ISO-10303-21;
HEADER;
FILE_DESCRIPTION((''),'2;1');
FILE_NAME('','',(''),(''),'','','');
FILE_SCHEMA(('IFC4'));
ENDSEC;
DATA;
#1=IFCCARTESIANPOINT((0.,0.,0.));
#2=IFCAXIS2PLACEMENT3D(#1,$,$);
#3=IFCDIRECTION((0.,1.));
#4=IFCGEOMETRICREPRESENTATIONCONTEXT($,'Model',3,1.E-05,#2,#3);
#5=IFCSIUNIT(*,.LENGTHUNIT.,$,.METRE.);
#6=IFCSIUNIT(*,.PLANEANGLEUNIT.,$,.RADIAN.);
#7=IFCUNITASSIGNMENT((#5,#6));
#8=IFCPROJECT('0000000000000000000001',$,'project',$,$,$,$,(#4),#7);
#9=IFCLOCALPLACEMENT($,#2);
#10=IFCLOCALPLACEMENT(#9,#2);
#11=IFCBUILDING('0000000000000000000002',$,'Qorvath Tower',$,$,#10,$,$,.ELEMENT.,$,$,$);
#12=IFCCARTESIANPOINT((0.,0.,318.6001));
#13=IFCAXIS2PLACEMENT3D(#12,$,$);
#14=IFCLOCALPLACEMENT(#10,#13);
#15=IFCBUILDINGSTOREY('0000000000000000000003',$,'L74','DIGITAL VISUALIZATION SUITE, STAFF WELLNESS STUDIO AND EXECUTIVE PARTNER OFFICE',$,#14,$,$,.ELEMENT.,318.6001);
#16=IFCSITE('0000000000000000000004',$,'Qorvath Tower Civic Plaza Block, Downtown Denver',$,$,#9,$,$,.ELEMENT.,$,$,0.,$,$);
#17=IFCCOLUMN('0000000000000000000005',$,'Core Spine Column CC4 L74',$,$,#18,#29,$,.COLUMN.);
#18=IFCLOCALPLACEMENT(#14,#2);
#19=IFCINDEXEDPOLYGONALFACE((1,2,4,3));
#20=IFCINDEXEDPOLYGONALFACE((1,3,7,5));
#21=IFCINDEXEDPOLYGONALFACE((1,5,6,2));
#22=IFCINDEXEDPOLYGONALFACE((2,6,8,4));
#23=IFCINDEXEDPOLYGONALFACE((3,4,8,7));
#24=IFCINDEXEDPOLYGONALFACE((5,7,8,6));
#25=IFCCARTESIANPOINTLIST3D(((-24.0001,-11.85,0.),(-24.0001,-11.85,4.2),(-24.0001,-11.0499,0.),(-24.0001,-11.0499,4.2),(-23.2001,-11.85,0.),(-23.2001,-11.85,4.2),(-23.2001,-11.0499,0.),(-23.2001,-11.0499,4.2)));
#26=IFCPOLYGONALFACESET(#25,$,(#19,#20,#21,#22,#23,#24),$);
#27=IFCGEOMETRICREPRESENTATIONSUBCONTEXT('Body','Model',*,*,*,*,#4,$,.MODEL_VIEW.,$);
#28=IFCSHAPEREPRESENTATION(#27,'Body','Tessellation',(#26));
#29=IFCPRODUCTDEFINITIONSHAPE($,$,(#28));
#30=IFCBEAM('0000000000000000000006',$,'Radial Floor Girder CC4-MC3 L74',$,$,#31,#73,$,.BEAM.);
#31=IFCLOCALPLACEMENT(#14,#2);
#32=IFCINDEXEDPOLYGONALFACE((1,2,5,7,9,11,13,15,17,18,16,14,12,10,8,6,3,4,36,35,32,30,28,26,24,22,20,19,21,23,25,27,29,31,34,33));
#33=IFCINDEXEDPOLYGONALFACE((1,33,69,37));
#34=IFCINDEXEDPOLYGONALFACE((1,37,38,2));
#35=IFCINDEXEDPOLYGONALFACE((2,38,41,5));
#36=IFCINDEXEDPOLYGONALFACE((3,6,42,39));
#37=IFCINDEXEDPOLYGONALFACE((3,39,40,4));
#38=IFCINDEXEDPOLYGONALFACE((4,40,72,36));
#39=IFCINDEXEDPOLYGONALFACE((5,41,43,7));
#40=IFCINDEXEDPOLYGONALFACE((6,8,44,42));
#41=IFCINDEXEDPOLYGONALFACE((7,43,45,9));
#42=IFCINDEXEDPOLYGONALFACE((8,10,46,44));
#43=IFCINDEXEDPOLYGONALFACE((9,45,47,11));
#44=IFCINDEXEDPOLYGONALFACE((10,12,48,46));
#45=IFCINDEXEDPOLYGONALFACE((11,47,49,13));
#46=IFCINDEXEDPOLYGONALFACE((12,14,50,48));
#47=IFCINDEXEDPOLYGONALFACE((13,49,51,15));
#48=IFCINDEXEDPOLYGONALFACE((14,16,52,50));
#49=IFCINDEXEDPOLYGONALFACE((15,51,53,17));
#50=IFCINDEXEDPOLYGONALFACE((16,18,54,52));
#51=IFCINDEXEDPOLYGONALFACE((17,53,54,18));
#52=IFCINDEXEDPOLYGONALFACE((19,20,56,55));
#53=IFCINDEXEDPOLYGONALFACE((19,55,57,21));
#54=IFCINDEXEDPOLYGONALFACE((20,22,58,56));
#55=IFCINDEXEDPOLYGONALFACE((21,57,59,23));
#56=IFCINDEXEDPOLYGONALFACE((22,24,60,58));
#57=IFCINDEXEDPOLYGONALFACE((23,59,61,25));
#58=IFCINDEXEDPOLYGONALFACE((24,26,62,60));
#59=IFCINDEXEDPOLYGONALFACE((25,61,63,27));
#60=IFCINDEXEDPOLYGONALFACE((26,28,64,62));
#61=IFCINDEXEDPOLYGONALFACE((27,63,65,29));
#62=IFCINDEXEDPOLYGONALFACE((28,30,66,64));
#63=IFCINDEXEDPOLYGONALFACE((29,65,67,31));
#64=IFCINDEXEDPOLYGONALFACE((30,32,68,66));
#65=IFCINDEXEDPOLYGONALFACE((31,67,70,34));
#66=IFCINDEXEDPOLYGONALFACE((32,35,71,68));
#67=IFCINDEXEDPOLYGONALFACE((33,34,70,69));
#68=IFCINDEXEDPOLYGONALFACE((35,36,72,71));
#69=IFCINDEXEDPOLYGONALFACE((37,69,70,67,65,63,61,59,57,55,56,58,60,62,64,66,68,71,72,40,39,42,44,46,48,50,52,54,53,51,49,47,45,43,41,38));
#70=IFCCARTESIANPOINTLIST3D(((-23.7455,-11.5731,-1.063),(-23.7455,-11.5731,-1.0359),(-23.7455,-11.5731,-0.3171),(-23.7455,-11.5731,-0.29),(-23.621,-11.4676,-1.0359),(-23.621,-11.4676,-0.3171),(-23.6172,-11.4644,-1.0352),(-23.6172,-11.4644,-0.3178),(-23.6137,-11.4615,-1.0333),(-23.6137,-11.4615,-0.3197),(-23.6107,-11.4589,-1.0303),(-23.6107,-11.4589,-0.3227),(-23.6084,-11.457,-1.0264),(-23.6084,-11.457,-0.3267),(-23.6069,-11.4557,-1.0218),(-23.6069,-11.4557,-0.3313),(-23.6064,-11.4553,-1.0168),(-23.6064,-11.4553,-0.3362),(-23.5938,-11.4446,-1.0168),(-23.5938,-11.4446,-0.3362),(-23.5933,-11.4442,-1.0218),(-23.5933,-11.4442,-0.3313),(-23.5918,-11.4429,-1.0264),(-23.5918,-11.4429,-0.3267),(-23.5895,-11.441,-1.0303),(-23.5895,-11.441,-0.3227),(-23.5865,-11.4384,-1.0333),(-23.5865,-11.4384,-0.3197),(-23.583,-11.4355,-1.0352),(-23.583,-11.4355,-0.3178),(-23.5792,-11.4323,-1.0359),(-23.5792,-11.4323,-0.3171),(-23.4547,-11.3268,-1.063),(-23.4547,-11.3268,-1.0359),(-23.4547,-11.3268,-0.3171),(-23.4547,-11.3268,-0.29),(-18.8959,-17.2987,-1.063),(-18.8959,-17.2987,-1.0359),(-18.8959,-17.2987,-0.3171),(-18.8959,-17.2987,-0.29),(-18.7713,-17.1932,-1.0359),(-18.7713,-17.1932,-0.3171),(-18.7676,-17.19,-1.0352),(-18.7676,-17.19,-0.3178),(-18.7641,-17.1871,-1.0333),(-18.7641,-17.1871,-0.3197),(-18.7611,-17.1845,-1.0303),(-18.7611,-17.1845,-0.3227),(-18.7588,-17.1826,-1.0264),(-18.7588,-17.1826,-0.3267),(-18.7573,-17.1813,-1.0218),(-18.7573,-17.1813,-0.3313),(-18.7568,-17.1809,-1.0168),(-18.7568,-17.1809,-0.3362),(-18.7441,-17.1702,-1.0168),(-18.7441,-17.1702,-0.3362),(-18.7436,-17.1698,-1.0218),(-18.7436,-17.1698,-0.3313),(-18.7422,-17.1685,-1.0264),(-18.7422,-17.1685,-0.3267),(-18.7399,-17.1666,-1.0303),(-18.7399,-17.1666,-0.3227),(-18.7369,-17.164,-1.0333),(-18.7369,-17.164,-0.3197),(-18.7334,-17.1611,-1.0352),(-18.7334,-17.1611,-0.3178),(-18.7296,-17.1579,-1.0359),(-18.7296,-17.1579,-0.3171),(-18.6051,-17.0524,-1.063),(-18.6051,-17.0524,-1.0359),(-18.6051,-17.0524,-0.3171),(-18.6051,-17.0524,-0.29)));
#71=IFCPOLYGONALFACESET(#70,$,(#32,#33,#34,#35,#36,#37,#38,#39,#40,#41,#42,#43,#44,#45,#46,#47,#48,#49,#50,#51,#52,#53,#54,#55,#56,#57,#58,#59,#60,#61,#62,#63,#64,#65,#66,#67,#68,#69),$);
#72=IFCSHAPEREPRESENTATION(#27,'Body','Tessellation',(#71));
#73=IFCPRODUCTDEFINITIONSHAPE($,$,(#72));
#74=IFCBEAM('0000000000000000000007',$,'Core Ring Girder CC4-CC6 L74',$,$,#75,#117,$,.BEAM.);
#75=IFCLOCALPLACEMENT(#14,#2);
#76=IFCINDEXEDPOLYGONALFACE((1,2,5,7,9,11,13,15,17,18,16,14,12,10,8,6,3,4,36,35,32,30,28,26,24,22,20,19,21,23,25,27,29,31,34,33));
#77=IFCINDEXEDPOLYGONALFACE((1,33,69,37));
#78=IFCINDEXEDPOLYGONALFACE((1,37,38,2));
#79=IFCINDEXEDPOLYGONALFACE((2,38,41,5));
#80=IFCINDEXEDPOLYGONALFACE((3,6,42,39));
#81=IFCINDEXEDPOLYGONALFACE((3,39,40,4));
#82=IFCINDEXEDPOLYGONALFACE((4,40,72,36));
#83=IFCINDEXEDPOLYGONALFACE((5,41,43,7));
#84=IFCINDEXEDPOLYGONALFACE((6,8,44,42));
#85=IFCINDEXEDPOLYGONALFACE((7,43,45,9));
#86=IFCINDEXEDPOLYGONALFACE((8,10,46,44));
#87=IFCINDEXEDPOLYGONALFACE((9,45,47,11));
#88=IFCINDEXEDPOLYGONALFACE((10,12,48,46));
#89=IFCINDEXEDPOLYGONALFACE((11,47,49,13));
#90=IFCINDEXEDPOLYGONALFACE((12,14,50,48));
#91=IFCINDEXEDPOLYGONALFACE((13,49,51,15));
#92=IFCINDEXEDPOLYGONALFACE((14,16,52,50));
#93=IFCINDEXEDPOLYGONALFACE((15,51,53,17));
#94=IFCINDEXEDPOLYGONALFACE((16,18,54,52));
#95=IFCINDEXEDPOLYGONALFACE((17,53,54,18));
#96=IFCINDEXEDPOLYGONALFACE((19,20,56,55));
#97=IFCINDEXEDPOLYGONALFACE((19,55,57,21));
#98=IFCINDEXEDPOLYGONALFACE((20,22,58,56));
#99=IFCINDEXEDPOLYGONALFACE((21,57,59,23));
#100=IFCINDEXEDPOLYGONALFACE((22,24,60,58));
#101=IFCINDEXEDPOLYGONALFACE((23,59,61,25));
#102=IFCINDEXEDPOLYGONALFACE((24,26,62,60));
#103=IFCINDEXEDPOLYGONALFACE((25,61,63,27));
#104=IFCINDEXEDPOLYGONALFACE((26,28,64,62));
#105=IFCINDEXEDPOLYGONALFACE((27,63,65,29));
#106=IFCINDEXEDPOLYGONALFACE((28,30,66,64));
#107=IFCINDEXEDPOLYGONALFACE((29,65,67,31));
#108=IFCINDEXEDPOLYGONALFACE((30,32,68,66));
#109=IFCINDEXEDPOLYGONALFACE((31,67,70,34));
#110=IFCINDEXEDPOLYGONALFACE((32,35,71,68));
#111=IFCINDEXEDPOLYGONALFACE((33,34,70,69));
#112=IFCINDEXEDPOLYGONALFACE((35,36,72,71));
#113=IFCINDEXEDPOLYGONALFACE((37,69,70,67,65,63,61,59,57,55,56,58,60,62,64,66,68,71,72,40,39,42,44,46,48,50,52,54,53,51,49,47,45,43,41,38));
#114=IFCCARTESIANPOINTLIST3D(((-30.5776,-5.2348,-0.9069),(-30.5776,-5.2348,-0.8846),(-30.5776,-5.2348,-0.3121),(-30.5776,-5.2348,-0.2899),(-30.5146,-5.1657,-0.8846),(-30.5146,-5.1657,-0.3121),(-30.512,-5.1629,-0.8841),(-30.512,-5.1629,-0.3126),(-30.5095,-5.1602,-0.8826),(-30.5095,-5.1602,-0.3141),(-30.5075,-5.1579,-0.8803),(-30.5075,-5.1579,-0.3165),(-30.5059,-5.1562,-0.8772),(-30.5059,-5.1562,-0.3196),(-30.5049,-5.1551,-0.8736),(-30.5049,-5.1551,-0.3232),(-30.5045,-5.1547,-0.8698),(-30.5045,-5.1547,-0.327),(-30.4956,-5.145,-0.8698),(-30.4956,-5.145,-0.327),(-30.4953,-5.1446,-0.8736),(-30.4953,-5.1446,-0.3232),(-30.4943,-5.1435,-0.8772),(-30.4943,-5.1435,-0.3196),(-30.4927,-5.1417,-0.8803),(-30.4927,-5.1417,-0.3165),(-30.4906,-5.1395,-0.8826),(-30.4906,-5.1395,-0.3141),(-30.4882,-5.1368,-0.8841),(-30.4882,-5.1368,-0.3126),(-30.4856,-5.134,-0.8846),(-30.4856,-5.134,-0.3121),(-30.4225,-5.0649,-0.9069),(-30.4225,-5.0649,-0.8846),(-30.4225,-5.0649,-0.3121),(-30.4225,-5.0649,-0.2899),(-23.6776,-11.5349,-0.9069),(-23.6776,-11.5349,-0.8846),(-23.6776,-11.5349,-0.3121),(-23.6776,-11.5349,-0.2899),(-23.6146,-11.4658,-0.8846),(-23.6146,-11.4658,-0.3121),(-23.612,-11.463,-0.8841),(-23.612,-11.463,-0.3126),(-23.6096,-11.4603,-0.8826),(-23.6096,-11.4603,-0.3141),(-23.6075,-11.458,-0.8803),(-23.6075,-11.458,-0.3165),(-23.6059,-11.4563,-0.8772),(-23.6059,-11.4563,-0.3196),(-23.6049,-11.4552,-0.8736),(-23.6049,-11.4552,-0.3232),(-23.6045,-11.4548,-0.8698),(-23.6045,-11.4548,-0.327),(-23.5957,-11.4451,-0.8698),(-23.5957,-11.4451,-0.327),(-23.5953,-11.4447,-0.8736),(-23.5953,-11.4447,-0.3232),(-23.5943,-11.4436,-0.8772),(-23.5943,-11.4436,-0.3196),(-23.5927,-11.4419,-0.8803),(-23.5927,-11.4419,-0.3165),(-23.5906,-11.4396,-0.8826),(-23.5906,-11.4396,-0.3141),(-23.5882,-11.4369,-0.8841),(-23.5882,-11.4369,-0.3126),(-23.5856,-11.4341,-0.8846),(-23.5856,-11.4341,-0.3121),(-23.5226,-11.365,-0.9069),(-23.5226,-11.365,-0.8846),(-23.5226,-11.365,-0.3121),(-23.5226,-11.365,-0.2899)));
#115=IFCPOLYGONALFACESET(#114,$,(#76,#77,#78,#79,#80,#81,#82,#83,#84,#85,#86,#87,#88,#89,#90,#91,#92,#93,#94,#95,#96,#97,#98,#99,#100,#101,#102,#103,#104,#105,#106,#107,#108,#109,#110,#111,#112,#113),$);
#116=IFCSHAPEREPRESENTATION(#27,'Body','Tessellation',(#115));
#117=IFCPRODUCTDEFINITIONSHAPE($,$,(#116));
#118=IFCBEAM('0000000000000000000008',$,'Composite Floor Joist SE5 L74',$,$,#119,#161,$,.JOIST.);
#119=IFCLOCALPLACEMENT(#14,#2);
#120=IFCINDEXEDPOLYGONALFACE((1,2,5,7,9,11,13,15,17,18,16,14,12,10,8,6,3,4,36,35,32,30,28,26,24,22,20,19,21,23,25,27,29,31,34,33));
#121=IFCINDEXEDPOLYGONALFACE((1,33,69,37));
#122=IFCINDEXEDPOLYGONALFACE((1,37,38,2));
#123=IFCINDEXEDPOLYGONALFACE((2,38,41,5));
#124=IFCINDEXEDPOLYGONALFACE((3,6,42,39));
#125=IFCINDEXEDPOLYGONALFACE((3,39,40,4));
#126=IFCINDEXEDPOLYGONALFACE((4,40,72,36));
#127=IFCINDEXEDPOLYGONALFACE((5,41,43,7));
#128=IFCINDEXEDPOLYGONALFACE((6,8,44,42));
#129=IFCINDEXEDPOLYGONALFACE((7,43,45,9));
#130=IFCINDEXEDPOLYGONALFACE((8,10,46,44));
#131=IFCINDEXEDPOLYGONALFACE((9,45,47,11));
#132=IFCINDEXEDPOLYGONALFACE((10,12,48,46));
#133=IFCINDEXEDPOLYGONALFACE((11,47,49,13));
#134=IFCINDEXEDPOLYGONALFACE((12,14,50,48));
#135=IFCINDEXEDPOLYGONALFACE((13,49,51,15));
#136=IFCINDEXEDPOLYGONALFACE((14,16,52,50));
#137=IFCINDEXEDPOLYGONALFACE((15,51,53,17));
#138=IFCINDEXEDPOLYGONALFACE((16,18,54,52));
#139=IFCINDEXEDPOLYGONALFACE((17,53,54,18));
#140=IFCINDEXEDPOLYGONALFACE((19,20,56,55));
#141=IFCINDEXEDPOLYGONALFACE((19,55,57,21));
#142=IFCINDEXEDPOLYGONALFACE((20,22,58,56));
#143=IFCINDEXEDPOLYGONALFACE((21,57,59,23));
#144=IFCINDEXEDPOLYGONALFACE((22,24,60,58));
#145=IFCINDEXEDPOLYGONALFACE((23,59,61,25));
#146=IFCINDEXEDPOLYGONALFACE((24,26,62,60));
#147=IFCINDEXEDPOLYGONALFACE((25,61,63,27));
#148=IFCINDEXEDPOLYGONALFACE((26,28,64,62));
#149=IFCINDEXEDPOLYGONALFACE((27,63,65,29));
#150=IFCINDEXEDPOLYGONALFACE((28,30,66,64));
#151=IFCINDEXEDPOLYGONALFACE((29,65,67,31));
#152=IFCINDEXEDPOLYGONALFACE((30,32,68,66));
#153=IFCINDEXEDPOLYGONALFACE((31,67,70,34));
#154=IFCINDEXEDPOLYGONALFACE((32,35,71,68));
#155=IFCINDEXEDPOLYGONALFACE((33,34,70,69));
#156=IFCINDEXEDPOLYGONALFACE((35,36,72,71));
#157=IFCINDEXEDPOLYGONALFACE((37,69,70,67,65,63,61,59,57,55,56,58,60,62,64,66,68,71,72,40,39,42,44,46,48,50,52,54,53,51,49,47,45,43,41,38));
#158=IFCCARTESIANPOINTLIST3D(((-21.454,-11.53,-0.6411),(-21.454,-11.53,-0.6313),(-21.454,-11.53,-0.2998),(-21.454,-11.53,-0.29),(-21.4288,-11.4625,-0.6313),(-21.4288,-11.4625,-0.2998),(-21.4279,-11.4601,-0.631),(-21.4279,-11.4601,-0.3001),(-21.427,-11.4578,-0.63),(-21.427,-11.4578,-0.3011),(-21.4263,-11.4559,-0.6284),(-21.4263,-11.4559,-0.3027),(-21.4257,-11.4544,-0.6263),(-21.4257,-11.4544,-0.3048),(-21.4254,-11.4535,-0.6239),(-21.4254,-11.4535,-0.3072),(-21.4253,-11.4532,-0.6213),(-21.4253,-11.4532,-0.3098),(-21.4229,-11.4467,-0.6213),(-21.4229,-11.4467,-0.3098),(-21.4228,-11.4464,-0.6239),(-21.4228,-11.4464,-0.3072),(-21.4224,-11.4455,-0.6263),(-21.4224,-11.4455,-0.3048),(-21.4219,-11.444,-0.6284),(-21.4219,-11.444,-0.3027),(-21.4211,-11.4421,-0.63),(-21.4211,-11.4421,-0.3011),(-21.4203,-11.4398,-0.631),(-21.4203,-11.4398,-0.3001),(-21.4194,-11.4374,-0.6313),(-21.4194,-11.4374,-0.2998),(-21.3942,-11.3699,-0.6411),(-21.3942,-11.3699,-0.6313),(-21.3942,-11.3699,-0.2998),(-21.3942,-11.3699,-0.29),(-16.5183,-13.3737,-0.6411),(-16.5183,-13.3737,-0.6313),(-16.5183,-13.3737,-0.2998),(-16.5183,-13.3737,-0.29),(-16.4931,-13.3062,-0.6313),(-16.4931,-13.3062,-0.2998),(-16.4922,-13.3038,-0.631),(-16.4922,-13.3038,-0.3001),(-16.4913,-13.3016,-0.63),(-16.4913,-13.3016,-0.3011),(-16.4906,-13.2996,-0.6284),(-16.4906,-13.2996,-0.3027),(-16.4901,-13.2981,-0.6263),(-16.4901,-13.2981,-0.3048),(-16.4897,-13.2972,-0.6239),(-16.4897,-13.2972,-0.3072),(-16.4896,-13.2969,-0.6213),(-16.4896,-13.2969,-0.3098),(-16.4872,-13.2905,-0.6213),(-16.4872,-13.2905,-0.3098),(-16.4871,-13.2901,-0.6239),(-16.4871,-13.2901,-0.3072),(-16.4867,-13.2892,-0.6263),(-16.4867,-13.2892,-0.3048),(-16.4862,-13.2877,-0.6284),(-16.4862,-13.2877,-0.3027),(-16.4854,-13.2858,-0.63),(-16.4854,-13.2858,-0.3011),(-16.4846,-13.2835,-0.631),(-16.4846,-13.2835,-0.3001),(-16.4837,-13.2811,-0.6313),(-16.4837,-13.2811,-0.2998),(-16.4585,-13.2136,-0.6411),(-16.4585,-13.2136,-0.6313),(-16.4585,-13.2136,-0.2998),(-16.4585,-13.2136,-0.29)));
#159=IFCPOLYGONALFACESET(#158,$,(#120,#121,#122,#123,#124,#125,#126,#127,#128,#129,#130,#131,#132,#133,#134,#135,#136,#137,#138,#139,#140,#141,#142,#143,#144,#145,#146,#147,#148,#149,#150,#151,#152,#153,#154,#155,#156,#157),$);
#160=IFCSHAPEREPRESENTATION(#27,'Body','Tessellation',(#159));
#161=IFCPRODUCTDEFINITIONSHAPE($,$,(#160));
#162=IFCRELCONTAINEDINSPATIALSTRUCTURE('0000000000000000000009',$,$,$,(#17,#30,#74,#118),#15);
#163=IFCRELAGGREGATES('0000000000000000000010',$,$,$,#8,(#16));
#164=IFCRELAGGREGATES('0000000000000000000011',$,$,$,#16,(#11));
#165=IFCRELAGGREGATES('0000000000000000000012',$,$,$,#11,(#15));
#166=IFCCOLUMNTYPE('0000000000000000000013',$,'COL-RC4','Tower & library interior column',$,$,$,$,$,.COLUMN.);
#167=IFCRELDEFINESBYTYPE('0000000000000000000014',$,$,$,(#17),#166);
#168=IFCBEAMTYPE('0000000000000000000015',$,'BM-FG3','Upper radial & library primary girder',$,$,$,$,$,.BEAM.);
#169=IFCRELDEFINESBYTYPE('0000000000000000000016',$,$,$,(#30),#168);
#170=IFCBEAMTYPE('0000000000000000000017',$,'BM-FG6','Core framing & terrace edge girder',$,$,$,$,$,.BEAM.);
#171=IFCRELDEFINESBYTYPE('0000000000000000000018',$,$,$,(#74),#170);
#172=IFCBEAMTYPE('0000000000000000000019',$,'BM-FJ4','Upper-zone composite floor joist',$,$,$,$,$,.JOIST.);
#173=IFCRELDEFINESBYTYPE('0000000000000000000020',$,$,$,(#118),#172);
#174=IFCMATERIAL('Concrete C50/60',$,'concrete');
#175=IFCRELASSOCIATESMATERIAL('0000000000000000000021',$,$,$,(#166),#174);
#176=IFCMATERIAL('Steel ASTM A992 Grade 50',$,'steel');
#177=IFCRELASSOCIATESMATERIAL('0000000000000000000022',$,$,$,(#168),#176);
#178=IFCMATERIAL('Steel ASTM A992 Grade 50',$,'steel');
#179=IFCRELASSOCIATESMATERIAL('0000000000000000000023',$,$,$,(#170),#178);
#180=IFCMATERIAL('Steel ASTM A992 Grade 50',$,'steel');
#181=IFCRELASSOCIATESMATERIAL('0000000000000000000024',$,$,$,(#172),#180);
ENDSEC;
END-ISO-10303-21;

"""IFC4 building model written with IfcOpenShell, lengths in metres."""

from ifc_helpers import new_model, si_unit, direction, frame, origin, origin_2d, place, context, subcontext, project, spatial, rectangle, i_section, extrude, material, material_profile, profile_set, type_object, element, save


model = new_model("IFC4")

# Units and contexts
model_context = context("Model", 3, precision=1e-05, world=origin(), true_north=direction((0.0, 1.0)))
body_context = subcontext(model_context, "Body", "Model", "MODEL_VIEW")
ifc_project = project(units=[si_unit("LENGTHUNIT", "METRE"), si_unit("PLANEANGLEUNIT", "RADIAN")], contexts=[model_context])

# Site, building, storey
site_placement = place(None, origin())
site = spatial("IfcSite", under=ifc_project, at=site_placement, Name="Qorvath Tower Civic Plaza Block, Downtown Denver", CompositionType="ELEMENT", RefElevation=0.0)
building_placement = place(site_placement, origin())
building = spatial("IfcBuilding", under=site, at=building_placement, Name="Qorvath Tower", CompositionType="ELEMENT")
storey_placement = place(building_placement, frame((0.0, 0.0, 318.6001)))
storey = spatial("IfcBuildingStorey", under=building, at=storey_placement, Name="L74", Description="DIGITAL VISUALIZATION SUITE, STAFF WELLNESS STUDIO AND EXECUTIVE PARTNER OFFICE", CompositionType="ELEMENT", Elevation=318.6001)

# Column
ifc_material_1 = material(Name="Concrete C50/60", Category="concrete")
ifc_material_profile_1 = material_profile(ifc_material_1, rectangle(XDim=0.8, YDim=0.8, at=origin_2d()), Name="RC 800x800")
ifc_profile_set_1 = profile_set([ifc_material_profile_1], Name="Concrete C50/60")
column_type = type_object("IfcColumnType", Name="COL-RC4", Description="Tower & library interior column", PredefinedType="COLUMN", material=ifc_profile_set_1)
column_placement = place(storey_placement, frame((-23.6001, -11.45, 0.0), z_axis=(0.0, 0.0, 1.0), x_axis=(1.0, 0.0, 0.0)))
element("IfcColumn", 1, at=column_placement, inside=storey, type_object=column_type, Name="Core Spine Column CC4 L74", PredefinedType="COLUMN", context=body_context, shape_type="SweptSolid", body=[
    extrude(rectangle(XDim=0.8, YDim=0.8, at=origin_2d()), origin(), (0.0, 0.0, 1.0), 4.2),
])

# Beams
ifc_material_2 = material(Name="Steel ASTM A992 Grade 50", Category="steel")
ifc_material_profile_2 = material_profile(ifc_material_2, i_section(OverallWidth=0.3811, OverallDepth=0.7729, WebThickness=0.0166, FlangeThickness=0.0271, FilletRadius=0.019, at=origin_2d()), Name="W30x173")
ifc_profile_set_2 = profile_set([ifc_material_profile_2], Name="Steel ASTM A992 Grade 50")
beam_type_1 = type_object("IfcBeamType", Name="BM-FG3", Description="Upper radial & library primary girder", PredefinedType="BEAM", material=ifc_profile_set_2)
beam_1_placement = place(storey_placement, frame((-23.6001, -11.45, -0.6765), z_axis=(0.646321, -0.763065, 0.0), x_axis=(0.763065, 0.646321, 0.0)))
element("IfcBeam", 2, at=beam_1_placement, inside=storey, type_object=beam_type_1, Name="Radial Floor Girder CC4-MC3 L74", PredefinedType="BEAM", context=body_context, shape_type="SweptSolid", body=[
    extrude(i_section(OverallWidth=0.3811, OverallDepth=0.7729, WebThickness=0.0166, FlangeThickness=0.0271, FilletRadius=0.019, at=origin_2d()), origin(), (0.0, 0.0, 1.0), 7.5034),
])
ifc_material_3 = material(Name="Steel ASTM A992 Grade 50", Category="steel")
ifc_material_profile_3 = material_profile(ifc_material_3, i_section(OverallWidth=0.23, OverallDepth=0.6169, WebThickness=0.0132, FlangeThickness=0.0222, FilletRadius=0.0149, at=origin_2d()), Name="W24x94")
ifc_profile_set_3 = profile_set([ifc_material_profile_3], Name="Steel ASTM A992 Grade 50")
beam_type_2 = type_object("IfcBeamType", Name="BM-FG6", Description="Core framing & terrace edge girder", PredefinedType="BEAM", material=ifc_profile_set_3)
beam_2_placement = place(storey_placement, frame((-23.6001, -11.45, -0.5984), z_axis=(-0.738478, 0.674277, 0.0), x_axis=(-0.674277, -0.738478, 0.0)))
element("IfcBeam", 3, at=beam_2_placement, inside=storey, type_object=beam_type_2, Name="Core Ring Girder CC4-CC6 L74", PredefinedType="BEAM", context=body_context, shape_type="SweptSolid", body=[
    extrude(i_section(OverallWidth=0.23, OverallDepth=0.6169, WebThickness=0.0132, FlangeThickness=0.0222, FilletRadius=0.0149, at=origin_2d()), origin(), (0.0, 0.0, 1.0), 9.3435),
])
ifc_material_4 = material(Name="Steel ASTM A992 Grade 50", Category="steel")
ifc_material_profile_4 = material_profile(ifc_material_4, i_section(OverallWidth=0.1709, OverallDepth=0.3511, WebThickness=0.0068, FlangeThickness=0.0098, FilletRadius=0.01, at=origin_2d()), Name="W14x30")
ifc_profile_set_4 = profile_set([ifc_material_profile_4], Name="Steel ASTM A992 Grade 50")
beam_type_3 = type_object("IfcBeamType", Name="BM-FJ4", Description="Upper-zone composite floor joist", PredefinedType="JOIST", material=ifc_profile_set_4)
beam_3_placement = place(storey_placement, frame((-21.4241, -11.45, -0.4656), z_axis=(0.936776, -0.34993, 0.0), x_axis=(0.34993, 0.936776, 0.0)))
element("IfcBeam", 4, at=beam_3_placement, inside=storey, type_object=beam_type_3, Name="Composite Floor Joist SE5 L74", PredefinedType="JOIST", context=body_context, shape_type="SweptSolid", body=[
    extrude(i_section(OverallWidth=0.1709, OverallDepth=0.3511, WebThickness=0.0068, FlangeThickness=0.0098, FilletRadius=0.01, at=origin_2d()), origin(), (0.0, 0.0, 1.0), 5.2688),
])

save(model, "model.ifc")
